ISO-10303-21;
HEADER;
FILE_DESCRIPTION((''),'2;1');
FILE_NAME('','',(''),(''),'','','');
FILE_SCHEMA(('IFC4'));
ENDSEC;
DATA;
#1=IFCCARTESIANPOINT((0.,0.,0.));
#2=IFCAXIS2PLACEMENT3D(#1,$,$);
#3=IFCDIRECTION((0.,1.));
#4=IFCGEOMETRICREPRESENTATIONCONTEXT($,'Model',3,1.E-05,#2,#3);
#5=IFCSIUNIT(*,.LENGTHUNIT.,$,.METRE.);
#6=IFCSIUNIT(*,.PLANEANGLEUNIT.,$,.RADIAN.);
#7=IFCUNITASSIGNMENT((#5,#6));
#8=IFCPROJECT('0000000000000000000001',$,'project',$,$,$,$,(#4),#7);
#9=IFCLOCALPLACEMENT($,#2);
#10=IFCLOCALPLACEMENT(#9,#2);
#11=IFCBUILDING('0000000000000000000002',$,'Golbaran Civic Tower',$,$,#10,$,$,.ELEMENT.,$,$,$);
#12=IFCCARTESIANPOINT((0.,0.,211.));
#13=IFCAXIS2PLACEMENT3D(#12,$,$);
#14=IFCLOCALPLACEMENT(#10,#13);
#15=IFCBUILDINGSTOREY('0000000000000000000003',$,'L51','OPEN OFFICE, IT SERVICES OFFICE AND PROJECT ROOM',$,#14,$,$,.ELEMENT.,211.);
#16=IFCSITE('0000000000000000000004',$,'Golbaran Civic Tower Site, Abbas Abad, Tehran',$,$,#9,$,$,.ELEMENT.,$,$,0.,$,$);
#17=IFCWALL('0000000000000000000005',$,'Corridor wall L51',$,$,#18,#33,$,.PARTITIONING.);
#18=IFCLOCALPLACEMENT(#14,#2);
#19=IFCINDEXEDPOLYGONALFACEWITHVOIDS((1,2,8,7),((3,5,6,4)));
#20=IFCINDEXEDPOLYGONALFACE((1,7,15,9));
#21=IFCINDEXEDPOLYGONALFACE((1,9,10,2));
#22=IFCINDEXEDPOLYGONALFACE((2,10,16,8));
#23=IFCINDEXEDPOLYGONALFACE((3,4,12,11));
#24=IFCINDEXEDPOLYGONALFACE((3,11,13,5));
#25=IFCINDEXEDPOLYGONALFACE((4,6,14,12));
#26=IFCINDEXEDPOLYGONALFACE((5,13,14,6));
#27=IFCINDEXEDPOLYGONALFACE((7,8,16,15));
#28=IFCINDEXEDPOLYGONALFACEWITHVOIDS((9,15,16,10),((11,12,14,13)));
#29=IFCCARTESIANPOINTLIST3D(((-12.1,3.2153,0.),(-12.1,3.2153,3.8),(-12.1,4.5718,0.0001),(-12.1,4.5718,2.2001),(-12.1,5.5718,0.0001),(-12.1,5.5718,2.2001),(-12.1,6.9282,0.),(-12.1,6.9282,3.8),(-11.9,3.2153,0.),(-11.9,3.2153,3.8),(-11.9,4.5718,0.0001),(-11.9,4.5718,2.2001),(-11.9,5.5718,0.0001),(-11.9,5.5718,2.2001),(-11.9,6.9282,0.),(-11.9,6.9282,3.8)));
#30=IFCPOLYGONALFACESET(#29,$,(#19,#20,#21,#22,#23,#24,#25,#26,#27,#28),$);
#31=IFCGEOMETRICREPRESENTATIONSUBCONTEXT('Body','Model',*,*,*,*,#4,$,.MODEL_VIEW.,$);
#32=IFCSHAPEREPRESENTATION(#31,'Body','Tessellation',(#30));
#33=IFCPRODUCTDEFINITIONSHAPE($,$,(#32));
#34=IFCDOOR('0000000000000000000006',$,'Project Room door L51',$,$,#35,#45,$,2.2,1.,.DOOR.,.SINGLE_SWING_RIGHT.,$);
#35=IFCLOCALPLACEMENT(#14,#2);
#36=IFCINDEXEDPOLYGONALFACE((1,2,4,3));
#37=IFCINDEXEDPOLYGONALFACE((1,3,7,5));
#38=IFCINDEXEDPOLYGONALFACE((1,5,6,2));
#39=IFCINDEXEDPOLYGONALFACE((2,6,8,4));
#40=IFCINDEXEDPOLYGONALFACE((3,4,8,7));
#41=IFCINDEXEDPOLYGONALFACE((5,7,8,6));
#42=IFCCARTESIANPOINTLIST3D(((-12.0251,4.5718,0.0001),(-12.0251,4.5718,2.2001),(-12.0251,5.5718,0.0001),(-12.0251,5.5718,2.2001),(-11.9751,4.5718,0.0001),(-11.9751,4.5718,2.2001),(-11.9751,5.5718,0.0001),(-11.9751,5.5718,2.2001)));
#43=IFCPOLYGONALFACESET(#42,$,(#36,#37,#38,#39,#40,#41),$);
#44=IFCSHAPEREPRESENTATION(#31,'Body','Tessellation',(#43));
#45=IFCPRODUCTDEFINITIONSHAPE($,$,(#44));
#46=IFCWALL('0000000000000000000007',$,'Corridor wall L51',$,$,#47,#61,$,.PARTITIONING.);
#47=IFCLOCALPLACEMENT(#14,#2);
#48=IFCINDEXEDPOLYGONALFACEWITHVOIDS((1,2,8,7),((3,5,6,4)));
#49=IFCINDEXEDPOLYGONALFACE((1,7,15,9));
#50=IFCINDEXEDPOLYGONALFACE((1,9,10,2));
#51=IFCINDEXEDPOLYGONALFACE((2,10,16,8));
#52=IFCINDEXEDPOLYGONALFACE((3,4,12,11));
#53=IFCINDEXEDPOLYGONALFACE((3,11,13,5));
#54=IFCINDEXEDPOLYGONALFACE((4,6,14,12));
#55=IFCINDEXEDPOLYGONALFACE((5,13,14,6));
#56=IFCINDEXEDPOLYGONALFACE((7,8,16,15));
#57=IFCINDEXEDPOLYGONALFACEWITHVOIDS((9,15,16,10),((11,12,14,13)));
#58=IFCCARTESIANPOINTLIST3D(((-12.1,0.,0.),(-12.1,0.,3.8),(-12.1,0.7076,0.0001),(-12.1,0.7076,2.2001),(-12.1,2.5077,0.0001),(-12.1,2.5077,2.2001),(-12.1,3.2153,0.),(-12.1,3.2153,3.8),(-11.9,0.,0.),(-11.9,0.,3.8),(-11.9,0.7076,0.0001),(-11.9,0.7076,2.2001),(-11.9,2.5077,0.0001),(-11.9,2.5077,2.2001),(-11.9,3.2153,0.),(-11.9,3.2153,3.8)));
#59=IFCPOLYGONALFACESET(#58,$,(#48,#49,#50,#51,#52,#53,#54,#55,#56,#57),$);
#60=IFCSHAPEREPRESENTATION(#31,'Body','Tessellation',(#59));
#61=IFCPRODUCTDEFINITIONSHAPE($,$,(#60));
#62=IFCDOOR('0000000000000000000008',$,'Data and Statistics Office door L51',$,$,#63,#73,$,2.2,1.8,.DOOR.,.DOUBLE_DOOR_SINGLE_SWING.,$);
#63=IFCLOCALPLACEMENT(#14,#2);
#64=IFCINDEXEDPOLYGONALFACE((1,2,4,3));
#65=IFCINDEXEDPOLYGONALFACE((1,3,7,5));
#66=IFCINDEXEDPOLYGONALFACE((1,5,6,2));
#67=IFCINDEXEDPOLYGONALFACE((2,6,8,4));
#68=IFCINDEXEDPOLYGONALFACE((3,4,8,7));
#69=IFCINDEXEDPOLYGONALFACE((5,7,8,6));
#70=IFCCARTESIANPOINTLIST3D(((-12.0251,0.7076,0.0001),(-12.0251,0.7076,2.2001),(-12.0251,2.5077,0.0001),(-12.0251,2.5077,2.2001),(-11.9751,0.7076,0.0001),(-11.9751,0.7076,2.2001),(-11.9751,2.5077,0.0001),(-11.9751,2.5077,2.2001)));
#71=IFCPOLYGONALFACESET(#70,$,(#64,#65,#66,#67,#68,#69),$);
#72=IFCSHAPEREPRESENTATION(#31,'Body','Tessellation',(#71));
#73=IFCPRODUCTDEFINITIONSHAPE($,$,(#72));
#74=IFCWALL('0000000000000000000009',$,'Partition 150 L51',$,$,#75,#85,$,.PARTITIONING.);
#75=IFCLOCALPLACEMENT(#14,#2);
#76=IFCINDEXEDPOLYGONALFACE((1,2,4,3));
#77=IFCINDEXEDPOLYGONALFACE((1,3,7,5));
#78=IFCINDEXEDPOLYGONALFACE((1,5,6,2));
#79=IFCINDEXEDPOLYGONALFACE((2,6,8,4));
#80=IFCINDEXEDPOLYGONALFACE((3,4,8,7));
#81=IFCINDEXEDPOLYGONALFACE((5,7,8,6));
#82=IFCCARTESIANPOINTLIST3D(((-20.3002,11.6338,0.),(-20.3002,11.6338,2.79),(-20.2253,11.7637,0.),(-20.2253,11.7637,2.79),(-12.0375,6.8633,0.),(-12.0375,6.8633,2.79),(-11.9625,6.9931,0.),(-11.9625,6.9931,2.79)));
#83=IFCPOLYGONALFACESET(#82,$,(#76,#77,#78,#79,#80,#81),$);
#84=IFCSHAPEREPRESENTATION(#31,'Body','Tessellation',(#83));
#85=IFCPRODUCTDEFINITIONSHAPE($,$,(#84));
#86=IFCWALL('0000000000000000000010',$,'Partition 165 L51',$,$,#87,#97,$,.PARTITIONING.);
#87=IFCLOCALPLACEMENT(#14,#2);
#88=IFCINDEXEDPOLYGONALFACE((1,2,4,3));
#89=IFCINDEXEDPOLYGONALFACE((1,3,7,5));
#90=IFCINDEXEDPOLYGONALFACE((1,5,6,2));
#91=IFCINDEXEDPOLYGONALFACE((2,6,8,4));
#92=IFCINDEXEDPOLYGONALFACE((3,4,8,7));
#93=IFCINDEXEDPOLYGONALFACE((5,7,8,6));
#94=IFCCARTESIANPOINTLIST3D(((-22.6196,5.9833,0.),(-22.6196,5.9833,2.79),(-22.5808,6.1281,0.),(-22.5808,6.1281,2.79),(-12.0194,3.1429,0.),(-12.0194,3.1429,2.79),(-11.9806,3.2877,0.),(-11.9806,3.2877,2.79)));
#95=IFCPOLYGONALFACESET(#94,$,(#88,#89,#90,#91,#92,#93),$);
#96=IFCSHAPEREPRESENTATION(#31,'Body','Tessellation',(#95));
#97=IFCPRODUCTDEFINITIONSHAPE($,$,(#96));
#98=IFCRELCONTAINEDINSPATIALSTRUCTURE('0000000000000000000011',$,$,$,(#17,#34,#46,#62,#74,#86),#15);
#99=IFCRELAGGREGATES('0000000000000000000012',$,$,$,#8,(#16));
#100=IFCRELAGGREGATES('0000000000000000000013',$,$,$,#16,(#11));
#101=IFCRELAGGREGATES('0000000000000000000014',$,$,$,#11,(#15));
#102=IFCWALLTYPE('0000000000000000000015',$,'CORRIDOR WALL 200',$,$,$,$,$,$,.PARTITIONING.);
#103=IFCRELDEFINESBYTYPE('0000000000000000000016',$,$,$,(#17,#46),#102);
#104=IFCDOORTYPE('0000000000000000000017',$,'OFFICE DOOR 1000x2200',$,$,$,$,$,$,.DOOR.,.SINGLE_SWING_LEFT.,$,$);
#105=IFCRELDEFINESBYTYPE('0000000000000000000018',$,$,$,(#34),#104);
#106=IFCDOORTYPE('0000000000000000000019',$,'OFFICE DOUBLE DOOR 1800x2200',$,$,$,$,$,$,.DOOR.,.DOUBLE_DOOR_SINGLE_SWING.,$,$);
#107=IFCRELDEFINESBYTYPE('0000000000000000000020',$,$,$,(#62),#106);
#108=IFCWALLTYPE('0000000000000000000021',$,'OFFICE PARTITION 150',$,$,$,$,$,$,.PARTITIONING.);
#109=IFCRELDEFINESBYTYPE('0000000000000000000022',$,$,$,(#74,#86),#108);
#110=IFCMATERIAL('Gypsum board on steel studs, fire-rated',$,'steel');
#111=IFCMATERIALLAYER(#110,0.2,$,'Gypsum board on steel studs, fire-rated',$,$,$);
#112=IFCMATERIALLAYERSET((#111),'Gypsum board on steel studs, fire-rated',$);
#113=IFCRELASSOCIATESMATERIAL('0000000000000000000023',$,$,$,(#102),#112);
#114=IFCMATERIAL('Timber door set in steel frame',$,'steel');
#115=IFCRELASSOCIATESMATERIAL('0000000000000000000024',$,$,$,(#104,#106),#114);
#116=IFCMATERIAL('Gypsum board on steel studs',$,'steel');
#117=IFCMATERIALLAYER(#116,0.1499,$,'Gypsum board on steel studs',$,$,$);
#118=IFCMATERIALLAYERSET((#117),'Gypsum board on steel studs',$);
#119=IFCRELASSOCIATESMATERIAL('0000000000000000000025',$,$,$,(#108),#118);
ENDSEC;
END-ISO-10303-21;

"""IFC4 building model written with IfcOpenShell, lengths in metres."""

from ifc_helpers import new_model, si_unit, direction, frame, frame_2d, origin, place, context, subcontext, project, spatial, rectangle, extrude, material, layer, layer_set, type_object, element, fill, save


model = new_model("IFC4")

# Units and contexts
model_context = context("Model", 3, precision=1e-05, world=origin(), true_north=direction((0.0, 1.0)))
body_context = subcontext(model_context, "Body", "Model", "MODEL_VIEW")
ifc_project = project(units=[si_unit("LENGTHUNIT", "METRE"), si_unit("PLANEANGLEUNIT", "RADIAN")], contexts=[model_context])

# Site, building, storey
site_placement = place(None, origin())
site = spatial("IfcSite", under=ifc_project, at=site_placement, Name="Golbaran Civic Tower Site, Abbas Abad, Tehran", CompositionType="ELEMENT", RefElevation=0.0)
building_placement = place(site_placement, origin())
building = spatial("IfcBuilding", under=site, at=building_placement, Name="Golbaran Civic Tower", CompositionType="ELEMENT")
storey_placement = place(building_placement, frame((0.0, 0.0, 211.0)))
storey = spatial("IfcBuildingStorey", under=building, at=storey_placement, Name="L51", Description="OPEN OFFICE, IT SERVICES OFFICE AND PROJECT ROOM", CompositionType="ELEMENT", Elevation=211.0)

# Walls, openings, doors
ifc_material_1 = material(Name="Gypsum board on steel studs, fire-rated", Category="steel")
ifc_layer_1 = layer(ifc_material_1, 0.2, Name="Gypsum board on steel studs, fire-rated")
ifc_layer_set_1 = layer_set([ifc_layer_1], Name="Gypsum board on steel studs, fire-rated")
wall_type_1 = type_object("IfcWallType", Name="CORRIDOR WALL 200", PredefinedType="PARTITIONING", material=ifc_layer_set_1)
wall_1_placement = place(storey_placement, frame((-12.0, 6.9282, 0.0), z_axis=(0.0, 0.0, 1.0), x_axis=(0.0, -1.0, 0.0)))
wall_1 = element("IfcWall", 1, at=wall_1_placement, inside=storey, type_object=wall_type_1, Name="Corridor wall L51", PredefinedType="PARTITIONING", context=body_context, shape_type="SweptSolid", body=[
    extrude(rectangle(XDim=3.7129, YDim=0.2, at=frame_2d((1.8564, 0.0))), origin(), (0.0, 0.0, 1.0), 3.8),
])
opening_1_placement = place(wall_1_placement, frame((1.3564, 0.0, 0.0)))
opening_1 = element("IfcOpeningElement", 2, at=opening_1_placement, cuts=wall_1, PredefinedType="OPENING", context=body_context, shape_type="SweptSolid", body=[
    extrude(rectangle(XDim=1.0, YDim=2.2, at=frame_2d((0.5, 1.1001))), frame((0.0, 0.1099, 0.0), z_axis=(0.0, -1.0, 0.0), x_axis=(1.0, 0.0, 0.0)), (0.0, 0.0, 1.0), 0.22),
])
ifc_material_2 = material(Name="Timber door set in steel frame", Category="steel")
door_type_1 = type_object("IfcDoorType", Name="OFFICE DOOR 1000x2200", OperationType="SINGLE_SWING_LEFT", PredefinedType="DOOR", material=ifc_material_2)
door_1_placement = place(opening_1_placement, origin())
door_1 = element("IfcDoor", 3, at=door_1_placement, inside=storey, type_object=door_type_1, Name="Project Room door L51", OperationType="SINGLE_SWING_RIGHT", OverallHeight=2.2, OverallWidth=1.0, PredefinedType="DOOR", context=body_context, shape_type="SweptSolid", body=[
    extrude(rectangle(XDim=1.0, YDim=2.2, at=frame_2d((0.5, 1.1001))), frame((0.0, 0.0249, 0.0), z_axis=(0.0, -1.0, 0.0), x_axis=(1.0, 0.0, 0.0)), (0.0, 0.0, 1.0), 0.05),
])
fill(opening_1, door_1)
wall_2_placement = place(storey_placement, frame((-12.0, 3.2153, 0.0), z_axis=(0.0, 0.0, 1.0), x_axis=(0.0, -1.0, 0.0)))
wall_2 = element("IfcWall", 4, at=wall_2_placement, inside=storey, type_object=wall_type_1, Name="Corridor wall L51", PredefinedType="PARTITIONING", context=body_context, shape_type="SweptSolid", body=[
    extrude(rectangle(XDim=3.2153, YDim=0.2, at=frame_2d((1.6077, 0.0))), origin(), (0.0, 0.0, 1.0), 3.8),
])
opening_2_placement = place(wall_2_placement, frame((0.7078, 0.0, 0.0)))
opening_2 = element("IfcOpeningElement", 5, at=opening_2_placement, cuts=wall_2, PredefinedType="OPENING", context=body_context, shape_type="SweptSolid", body=[
    extrude(rectangle(XDim=1.8, YDim=2.2, at=frame_2d((0.8999, 1.1001))), frame((0.0, 0.1099, 0.0), z_axis=(0.0, -1.0, 0.0), x_axis=(1.0, 0.0, 0.0)), (0.0, 0.0, 1.0), 0.22),
])
door_type_2 = type_object("IfcDoorType", Name="OFFICE DOUBLE DOOR 1800x2200", OperationType="DOUBLE_DOOR_SINGLE_SWING", PredefinedType="DOOR", material=ifc_material_2)
door_2_placement = place(opening_2_placement, origin())
door_2 = element("IfcDoor", 6, at=door_2_placement, inside=storey, type_object=door_type_2, Name="Data and Statistics Office door L51", OperationType="DOUBLE_DOOR_SINGLE_SWING", OverallHeight=2.2, OverallWidth=1.8, PredefinedType="DOOR", context=body_context, shape_type="SweptSolid", body=[
    extrude(rectangle(XDim=1.8, YDim=2.2, at=frame_2d((0.8999, 1.1001))), frame((0.0, 0.0249, 0.0), z_axis=(0.0, -1.0, 0.0), x_axis=(1.0, 0.0, 0.0)), (0.0, 0.0, 1.0), 0.05),
])
fill(opening_2, door_2)

# Walls
ifc_material_3 = material(Name="Gypsum board on steel studs", Category="steel")
ifc_layer_2 = layer(ifc_material_3, 0.1499, Name="Gypsum board on steel studs")
ifc_layer_set_2 = layer_set([ifc_layer_2], Name="Gypsum board on steel studs")
wall_type_2 = type_object("IfcWallType", Name="OFFICE PARTITION 150", PredefinedType="PARTITIONING", material=ifc_layer_set_2)
wall_3_placement = place(storey_placement, frame((-12.0, 6.9282, 0.0), z_axis=(0.0, 0.0, 1.0), x_axis=(-0.866024, 0.500003, 0.0)))
element("IfcWall", 7, at=wall_3_placement, inside=storey, type_object=wall_type_2, Name="Partition 150 L51", PredefinedType="PARTITIONING", context=body_context, shape_type="SweptSolid", body=[
    extrude(rectangle(XDim=9.541, YDim=0.1499, at=frame_2d((4.7705, 0.0))), origin(), (0.0, 0.0, 1.0), 2.79),
])
wall_4_placement = place(storey_placement, frame((-12.0, 3.2153, 0.0), z_axis=(0.0, 0.0, 1.0), x_axis=(-0.965925, 0.258823, 0.0)))
element("IfcWall", 8, at=wall_4_placement, inside=storey, type_object=wall_type_2, Name="Partition 165 L51", PredefinedType="PARTITIONING", context=body_context, shape_type="SweptSolid", body=[
    extrude(rectangle(XDim=10.9741, YDim=0.1499, at=frame_2d((5.4871, 0.0))), origin(), (0.0, 0.0, 1.0), 2.79),
])

save(model, "model.ifc")
